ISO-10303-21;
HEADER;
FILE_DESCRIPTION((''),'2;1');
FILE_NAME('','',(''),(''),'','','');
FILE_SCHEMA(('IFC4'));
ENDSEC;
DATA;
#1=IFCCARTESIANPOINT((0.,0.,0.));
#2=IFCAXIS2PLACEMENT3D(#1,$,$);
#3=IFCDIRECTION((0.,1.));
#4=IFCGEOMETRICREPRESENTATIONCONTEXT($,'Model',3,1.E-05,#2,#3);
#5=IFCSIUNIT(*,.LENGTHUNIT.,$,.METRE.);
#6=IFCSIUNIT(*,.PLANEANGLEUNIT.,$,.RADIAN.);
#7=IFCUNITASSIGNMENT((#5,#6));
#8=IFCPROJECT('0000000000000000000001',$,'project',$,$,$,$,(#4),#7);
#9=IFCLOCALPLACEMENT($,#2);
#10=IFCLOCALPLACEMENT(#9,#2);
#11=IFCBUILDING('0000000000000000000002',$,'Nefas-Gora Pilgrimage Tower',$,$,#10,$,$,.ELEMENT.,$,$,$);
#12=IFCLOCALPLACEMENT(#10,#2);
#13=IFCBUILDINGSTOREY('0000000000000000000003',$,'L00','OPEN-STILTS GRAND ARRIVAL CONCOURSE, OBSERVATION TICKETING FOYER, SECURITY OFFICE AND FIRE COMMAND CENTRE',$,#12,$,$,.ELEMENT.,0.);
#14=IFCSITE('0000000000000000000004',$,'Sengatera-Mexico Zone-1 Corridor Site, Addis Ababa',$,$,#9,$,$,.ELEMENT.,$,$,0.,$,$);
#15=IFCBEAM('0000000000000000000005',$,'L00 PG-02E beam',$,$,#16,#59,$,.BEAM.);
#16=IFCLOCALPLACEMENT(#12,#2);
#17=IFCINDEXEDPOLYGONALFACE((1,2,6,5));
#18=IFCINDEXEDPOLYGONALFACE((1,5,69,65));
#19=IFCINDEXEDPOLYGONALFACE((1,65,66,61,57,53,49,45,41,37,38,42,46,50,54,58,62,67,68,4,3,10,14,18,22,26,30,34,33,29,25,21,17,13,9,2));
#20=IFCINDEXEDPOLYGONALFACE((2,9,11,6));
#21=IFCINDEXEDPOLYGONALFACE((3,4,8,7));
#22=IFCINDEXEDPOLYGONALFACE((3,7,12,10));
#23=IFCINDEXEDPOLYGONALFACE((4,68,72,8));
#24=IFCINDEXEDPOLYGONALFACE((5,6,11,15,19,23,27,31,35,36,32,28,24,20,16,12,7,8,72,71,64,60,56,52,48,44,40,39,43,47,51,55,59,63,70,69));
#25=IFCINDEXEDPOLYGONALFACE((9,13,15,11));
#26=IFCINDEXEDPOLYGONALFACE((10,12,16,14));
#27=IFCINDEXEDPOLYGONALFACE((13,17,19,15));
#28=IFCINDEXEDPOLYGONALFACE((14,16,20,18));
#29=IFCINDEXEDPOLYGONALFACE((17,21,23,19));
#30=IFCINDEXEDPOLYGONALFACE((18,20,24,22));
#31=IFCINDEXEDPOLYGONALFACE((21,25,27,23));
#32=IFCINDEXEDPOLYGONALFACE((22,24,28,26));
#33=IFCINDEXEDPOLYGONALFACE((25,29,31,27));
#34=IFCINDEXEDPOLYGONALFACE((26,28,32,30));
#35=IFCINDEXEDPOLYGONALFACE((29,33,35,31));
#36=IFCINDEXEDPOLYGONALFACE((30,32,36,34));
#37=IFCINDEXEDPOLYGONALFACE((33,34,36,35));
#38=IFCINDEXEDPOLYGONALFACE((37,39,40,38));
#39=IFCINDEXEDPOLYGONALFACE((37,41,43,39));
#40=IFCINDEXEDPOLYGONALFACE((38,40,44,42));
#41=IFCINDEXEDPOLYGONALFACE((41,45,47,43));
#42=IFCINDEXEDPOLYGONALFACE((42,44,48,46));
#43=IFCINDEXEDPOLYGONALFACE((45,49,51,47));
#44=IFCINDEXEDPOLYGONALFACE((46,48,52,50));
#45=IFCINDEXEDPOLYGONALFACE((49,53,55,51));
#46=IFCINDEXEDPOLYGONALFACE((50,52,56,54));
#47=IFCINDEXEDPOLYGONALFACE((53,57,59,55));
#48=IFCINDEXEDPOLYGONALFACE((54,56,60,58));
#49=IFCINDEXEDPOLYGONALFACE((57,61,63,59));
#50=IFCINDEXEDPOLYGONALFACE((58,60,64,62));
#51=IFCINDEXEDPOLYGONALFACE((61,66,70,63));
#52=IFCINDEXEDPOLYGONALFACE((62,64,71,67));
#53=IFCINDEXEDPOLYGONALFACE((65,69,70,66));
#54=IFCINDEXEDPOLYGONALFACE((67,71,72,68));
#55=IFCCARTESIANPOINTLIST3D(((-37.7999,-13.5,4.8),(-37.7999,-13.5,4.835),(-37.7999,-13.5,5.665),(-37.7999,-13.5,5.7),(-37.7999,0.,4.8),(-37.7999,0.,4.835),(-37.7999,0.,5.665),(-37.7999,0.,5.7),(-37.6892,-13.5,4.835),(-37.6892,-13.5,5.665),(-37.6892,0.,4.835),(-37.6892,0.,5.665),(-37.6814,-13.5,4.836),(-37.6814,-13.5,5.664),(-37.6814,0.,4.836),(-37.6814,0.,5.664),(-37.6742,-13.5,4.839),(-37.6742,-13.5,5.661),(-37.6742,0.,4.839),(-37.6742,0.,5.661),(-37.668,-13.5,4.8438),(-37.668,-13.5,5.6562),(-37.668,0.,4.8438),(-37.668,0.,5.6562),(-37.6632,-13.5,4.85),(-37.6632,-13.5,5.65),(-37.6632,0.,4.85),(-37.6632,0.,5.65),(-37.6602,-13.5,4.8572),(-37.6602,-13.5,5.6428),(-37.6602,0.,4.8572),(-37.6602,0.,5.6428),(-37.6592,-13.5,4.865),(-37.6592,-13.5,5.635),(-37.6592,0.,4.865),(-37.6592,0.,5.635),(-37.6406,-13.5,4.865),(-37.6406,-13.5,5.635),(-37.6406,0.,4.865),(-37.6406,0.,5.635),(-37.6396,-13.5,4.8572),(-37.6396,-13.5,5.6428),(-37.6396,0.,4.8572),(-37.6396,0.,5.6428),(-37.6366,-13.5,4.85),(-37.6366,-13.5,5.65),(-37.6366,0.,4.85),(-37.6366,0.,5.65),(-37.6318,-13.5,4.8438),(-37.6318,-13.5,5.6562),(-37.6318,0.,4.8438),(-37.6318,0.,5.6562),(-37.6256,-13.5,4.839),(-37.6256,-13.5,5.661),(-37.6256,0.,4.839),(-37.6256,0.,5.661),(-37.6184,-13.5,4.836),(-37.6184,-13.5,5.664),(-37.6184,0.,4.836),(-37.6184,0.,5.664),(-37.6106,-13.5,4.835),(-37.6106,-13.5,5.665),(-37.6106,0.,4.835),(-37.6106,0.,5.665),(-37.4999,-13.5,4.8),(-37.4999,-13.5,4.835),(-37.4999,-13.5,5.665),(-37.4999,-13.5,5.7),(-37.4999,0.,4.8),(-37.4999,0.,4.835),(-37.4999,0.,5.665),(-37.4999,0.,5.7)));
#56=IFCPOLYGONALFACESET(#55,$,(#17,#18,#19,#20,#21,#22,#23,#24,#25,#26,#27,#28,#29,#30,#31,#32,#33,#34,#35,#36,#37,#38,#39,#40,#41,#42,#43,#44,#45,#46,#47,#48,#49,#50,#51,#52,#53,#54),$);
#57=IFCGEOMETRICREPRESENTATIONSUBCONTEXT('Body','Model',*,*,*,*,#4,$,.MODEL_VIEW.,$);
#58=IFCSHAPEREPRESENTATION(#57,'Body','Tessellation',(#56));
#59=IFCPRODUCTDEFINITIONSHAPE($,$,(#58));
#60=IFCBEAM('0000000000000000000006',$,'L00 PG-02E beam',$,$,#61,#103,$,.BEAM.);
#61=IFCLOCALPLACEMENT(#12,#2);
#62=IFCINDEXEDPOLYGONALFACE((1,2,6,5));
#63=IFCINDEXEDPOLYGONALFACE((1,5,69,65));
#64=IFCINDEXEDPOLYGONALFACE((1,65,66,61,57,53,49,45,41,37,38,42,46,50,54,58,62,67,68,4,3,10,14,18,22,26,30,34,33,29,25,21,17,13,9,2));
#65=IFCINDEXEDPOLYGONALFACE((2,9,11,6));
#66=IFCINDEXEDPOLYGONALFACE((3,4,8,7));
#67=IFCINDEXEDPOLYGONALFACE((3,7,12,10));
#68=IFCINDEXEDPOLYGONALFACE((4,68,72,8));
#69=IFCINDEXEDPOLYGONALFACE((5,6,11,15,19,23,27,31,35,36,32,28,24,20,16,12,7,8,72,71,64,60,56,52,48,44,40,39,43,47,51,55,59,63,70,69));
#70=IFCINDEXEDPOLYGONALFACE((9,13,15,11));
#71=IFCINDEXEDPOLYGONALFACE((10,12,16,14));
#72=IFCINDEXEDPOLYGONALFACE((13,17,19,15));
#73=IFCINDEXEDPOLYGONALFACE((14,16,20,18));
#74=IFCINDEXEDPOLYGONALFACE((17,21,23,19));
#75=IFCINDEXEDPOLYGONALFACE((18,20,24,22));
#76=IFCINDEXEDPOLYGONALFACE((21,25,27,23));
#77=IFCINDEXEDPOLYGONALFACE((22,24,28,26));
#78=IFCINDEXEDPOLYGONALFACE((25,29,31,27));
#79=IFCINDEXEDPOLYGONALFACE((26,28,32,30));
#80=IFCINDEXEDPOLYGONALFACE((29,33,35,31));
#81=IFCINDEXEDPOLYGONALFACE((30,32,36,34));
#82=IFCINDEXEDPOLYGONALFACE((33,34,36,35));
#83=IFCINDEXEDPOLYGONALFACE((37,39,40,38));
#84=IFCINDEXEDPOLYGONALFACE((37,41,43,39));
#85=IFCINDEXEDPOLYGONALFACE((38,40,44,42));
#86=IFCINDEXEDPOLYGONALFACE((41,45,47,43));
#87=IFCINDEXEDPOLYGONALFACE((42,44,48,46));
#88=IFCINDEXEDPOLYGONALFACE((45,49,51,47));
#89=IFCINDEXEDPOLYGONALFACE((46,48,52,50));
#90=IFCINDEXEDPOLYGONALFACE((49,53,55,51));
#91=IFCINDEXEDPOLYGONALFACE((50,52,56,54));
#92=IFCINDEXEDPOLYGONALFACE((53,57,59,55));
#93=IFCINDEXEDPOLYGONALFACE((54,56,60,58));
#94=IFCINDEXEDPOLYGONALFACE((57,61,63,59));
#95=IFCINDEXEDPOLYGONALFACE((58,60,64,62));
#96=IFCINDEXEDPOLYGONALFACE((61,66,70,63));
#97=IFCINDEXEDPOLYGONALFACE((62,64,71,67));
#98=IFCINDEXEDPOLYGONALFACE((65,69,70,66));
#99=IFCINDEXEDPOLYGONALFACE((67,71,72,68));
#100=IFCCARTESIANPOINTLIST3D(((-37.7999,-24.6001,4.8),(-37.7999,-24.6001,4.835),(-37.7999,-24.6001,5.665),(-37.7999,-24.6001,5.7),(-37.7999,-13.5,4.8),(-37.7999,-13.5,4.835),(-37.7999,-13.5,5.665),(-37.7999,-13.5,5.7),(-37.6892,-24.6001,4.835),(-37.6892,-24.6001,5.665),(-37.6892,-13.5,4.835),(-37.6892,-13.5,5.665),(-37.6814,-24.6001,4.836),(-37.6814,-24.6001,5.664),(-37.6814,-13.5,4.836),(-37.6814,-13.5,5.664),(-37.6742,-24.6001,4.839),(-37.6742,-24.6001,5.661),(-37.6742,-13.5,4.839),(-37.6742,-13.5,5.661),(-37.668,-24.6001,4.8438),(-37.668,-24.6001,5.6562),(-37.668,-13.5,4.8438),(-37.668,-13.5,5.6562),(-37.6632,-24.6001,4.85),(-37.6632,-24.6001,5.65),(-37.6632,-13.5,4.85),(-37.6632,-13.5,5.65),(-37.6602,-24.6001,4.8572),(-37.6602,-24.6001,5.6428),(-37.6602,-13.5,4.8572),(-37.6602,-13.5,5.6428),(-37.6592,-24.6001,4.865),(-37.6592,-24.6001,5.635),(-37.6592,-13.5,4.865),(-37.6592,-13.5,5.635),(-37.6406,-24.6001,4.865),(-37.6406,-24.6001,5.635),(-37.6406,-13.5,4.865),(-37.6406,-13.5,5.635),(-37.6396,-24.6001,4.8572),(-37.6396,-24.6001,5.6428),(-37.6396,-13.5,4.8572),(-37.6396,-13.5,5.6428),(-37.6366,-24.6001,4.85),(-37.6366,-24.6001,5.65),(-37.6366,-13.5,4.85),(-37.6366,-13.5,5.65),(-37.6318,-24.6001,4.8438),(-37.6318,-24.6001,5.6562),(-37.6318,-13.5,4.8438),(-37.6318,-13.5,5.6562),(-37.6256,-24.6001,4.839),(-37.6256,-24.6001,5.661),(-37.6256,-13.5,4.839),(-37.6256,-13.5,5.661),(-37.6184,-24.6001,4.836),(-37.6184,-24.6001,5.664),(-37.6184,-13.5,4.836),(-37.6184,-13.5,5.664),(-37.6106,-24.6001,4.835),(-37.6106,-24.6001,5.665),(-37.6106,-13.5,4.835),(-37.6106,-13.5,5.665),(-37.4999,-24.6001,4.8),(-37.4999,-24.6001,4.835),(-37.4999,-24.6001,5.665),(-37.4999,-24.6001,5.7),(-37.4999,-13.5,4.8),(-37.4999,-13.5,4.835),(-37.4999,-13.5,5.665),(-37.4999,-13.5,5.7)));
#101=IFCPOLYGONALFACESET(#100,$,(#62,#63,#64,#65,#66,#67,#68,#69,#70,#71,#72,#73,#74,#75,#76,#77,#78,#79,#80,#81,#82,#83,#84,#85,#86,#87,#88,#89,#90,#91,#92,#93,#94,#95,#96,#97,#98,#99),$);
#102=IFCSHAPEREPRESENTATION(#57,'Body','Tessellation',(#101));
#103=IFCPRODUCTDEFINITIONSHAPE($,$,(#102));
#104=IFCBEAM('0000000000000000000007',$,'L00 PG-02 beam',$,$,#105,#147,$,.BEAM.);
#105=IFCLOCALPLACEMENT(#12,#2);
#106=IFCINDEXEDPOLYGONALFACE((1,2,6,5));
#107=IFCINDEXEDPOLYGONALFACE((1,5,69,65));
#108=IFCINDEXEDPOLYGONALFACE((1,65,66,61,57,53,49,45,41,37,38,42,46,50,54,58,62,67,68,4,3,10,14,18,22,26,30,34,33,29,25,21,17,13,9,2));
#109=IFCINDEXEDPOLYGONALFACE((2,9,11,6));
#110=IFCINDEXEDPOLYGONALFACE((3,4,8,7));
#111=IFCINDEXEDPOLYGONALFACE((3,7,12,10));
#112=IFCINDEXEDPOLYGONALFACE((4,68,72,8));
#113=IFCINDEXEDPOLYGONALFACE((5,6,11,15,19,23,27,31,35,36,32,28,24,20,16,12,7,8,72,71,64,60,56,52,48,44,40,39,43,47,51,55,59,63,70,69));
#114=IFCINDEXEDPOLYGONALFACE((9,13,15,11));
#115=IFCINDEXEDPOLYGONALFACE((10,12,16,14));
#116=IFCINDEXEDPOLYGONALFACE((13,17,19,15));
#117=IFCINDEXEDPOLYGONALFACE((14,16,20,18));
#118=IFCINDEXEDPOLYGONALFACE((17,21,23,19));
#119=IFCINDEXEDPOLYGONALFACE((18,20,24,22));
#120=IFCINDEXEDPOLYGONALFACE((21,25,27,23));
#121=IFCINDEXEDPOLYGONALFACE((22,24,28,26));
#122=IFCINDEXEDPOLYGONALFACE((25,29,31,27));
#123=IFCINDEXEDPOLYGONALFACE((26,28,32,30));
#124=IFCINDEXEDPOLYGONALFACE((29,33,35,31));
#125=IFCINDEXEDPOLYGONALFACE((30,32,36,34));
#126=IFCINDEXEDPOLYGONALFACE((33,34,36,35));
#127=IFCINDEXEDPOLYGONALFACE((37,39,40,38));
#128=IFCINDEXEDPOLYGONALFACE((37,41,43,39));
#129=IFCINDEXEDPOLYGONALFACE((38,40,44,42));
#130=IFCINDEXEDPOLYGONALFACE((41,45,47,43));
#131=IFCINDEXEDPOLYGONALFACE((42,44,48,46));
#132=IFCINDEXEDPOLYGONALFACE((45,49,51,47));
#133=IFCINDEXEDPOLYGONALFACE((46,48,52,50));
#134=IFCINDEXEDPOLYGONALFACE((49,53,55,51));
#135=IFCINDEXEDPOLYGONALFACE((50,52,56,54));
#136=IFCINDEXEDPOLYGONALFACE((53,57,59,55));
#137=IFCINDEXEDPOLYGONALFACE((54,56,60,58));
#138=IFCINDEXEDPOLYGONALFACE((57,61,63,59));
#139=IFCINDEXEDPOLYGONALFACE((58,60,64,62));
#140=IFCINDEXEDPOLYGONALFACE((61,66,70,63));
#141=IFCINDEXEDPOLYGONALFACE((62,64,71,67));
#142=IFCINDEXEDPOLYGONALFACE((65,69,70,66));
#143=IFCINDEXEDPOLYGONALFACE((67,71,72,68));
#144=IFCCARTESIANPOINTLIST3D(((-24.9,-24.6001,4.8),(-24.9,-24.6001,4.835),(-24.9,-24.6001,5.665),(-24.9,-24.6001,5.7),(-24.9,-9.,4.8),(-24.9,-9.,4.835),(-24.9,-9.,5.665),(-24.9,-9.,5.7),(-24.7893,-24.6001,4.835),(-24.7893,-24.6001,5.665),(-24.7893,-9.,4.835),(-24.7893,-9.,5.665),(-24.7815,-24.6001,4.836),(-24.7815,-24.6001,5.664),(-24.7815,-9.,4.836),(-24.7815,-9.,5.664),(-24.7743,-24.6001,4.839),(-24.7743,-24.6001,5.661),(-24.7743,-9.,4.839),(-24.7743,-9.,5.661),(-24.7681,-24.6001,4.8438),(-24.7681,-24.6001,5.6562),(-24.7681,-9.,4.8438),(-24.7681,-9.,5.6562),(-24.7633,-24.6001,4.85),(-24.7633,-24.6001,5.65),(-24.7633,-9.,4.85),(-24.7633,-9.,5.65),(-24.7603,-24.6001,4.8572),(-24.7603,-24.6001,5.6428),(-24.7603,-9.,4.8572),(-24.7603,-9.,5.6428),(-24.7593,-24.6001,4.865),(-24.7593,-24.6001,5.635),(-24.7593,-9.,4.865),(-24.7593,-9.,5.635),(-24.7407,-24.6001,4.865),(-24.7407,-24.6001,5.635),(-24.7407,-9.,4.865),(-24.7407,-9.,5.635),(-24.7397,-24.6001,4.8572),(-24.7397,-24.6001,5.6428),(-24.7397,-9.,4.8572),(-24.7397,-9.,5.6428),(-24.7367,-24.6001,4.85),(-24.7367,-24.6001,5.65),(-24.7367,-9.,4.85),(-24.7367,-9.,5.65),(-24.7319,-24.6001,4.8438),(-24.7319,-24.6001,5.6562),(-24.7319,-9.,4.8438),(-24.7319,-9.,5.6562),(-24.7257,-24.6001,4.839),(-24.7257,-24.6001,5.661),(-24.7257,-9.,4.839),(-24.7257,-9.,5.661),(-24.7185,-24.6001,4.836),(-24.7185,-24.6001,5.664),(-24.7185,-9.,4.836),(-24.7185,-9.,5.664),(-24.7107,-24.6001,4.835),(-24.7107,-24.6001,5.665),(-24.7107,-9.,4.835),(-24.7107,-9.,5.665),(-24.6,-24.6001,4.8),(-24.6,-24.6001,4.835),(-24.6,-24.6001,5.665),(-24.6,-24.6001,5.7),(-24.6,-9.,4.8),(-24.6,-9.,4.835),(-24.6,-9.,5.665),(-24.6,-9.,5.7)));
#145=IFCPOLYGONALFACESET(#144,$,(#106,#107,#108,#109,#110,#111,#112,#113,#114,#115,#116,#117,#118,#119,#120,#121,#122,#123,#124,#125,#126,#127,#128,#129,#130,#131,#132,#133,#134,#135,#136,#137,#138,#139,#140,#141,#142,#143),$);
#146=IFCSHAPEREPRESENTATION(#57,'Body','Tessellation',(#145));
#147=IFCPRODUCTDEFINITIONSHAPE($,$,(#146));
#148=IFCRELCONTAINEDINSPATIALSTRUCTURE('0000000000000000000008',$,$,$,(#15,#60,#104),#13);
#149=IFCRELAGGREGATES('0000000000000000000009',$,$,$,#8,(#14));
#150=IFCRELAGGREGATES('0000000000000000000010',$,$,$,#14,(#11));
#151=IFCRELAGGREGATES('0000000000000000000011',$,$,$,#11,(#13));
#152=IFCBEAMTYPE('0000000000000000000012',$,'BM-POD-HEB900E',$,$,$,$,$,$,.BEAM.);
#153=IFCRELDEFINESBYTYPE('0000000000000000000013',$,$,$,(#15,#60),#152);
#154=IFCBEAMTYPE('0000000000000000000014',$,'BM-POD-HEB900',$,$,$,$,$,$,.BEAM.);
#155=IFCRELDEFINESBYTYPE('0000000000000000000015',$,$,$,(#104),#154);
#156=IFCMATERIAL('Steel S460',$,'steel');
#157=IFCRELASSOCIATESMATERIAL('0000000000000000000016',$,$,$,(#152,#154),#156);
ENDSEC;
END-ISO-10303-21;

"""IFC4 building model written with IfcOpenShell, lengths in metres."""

from ifc_helpers import new_model, si_unit, direction, frame, origin, origin_2d, place, context, subcontext, project, spatial, i_section, extrude, source, transform, mapped, material, material_profile, profile_set, type_object, element, save


model = new_model("IFC4")

# Units and contexts
model_context = context("Model", 3, precision=1e-05, world=origin(), true_north=direction((0.0, 1.0)))
body_context = subcontext(model_context, "Body", "Model", "MODEL_VIEW")
ifc_project = project(units=[si_unit("LENGTHUNIT", "METRE"), si_unit("PLANEANGLEUNIT", "RADIAN")], contexts=[model_context])

# Site, building, storey
site_placement = place(None, origin())
site = spatial("IfcSite", under=ifc_project, at=site_placement, Name="Sengatera-Mexico Zone-1 Corridor Site, Addis Ababa", CompositionType="ELEMENT", RefElevation=0.0)
building_placement = place(site_placement, origin())
building = spatial("IfcBuilding", under=site, at=building_placement, Name="Nefas-Gora Pilgrimage Tower", CompositionType="ELEMENT")
storey_placement = place(building_placement, origin())
storey = spatial("IfcBuildingStorey", under=building, at=storey_placement, Name="L00", Description="OPEN-STILTS GRAND ARRIVAL CONCOURSE, OBSERVATION TICKETING FOYER, SECURITY OFFICE AND FIRE COMMAND CENTRE", CompositionType="ELEMENT", Elevation=0.0)

# Shared definitions
ifc_material_1 = material(Name="Steel S460", Category="steel")

# Beams
ifc_material_profile_1 = material_profile(ifc_material_1, i_section(OverallWidth=0.3, OverallDepth=0.8999, WebThickness=0.0186, FlangeThickness=0.0349, FilletRadius=0.03, at=origin_2d()), Name="HEB 900")
ifc_profile_set_1 = profile_set([ifc_material_profile_1], Name="Steel S460")
beam_type_1 = type_object("IfcBeamType", Name="BM-POD-HEB900E", PredefinedType="BEAM", material=ifc_profile_set_1)
shared_shape_1 = source(origin(), body_context, "Body", "SweptSolid", [
    extrude(i_section(OverallWidth=0.3, OverallDepth=0.8999, WebThickness=0.0186, FlangeThickness=0.0349, FilletRadius=0.03, at=origin_2d()), origin(), (0.0, 0.0, 1.0), 13.5),
])
for number, where, z_axis, x_axis, name in (
    (1, (-37.6499, -13.5, 5.25), (0.0, 1.0, 0.0), (-1.0, 0.0, 0.0), "L00 PG-02E beam"),
):
    element("IfcBeam", number, at=place(storey_placement, frame(where, z_axis=z_axis, x_axis=x_axis)), inside=storey, type_object=beam_type_1, Name=name, PredefinedType="BEAM", context=body_context, shape_type="MappedRepresentation", body=[
        mapped(shared_shape_1, transform((0.0, 0.0, 0.0), x_axis=(1.0, 0.0, 0.0), y_axis=(0.0, 1.0, 0.0), z_axis=(0.0, 0.0, 1.0), scale=1.0)),
    ])
shared_shape_2 = source(origin(), body_context, "Body", "SweptSolid", [
    extrude(i_section(OverallWidth=0.3, OverallDepth=0.8999, WebThickness=0.0186, FlangeThickness=0.0349, FilletRadius=0.03, at=origin_2d()), origin(), (0.0, 0.0, 1.0), 11.1001),
])
beam_1_placement = place(storey_placement, frame((-37.6499, -24.6001, 5.25), z_axis=(0.0, 1.0, 0.0), x_axis=(-1.0, 0.0, 0.0)))
element("IfcBeam", 2, at=beam_1_placement, inside=storey, type_object=beam_type_1, Name="L00 PG-02E beam", PredefinedType="BEAM", context=body_context, shape_type="MappedRepresentation", body=[
    mapped(shared_shape_2, transform((0.0, 0.0, 0.0), x_axis=(1.0, 0.0, 0.0), y_axis=(0.0, 1.0, 0.0), z_axis=(0.0, 0.0, 1.0), scale=1.0)),
])
ifc_material_profile_2 = material_profile(ifc_material_1, i_section(OverallWidth=0.3, OverallDepth=0.8999, WebThickness=0.0186, FlangeThickness=0.0349, FilletRadius=0.03, at=origin_2d()), Name="HEB 900")
ifc_profile_set_2 = profile_set([ifc_material_profile_2], Name="Steel S460")
beam_type_2 = type_object("IfcBeamType", Name="BM-POD-HEB900", PredefinedType="BEAM", material=ifc_profile_set_2)
shared_shape_3 = source(origin(), body_context, "Body", "SweptSolid", [
    extrude(i_section(OverallWidth=0.3, OverallDepth=0.8999, WebThickness=0.0186, FlangeThickness=0.0349, FilletRadius=0.03, at=origin_2d()), origin(), (0.0, 0.0, 1.0), 15.6001),
])
beam_2_placement = place(storey_placement, frame((-24.75, -24.6001, 5.25), z_axis=(0.0, 1.0, 0.0), x_axis=(-1.0, 0.0, 0.0)))
element("IfcBeam", 3, at=beam_2_placement, inside=storey, type_object=beam_type_2, Name="L00 PG-02 beam", PredefinedType="BEAM", context=body_context, shape_type="MappedRepresentation", body=[
    mapped(shared_shape_3, transform((0.0, 0.0, 0.0), x_axis=(1.0, 0.0, 0.0), y_axis=(0.0, 1.0, 0.0), z_axis=(0.0, 0.0, 1.0), scale=1.0)),
])

save(model, "model.ifc")
